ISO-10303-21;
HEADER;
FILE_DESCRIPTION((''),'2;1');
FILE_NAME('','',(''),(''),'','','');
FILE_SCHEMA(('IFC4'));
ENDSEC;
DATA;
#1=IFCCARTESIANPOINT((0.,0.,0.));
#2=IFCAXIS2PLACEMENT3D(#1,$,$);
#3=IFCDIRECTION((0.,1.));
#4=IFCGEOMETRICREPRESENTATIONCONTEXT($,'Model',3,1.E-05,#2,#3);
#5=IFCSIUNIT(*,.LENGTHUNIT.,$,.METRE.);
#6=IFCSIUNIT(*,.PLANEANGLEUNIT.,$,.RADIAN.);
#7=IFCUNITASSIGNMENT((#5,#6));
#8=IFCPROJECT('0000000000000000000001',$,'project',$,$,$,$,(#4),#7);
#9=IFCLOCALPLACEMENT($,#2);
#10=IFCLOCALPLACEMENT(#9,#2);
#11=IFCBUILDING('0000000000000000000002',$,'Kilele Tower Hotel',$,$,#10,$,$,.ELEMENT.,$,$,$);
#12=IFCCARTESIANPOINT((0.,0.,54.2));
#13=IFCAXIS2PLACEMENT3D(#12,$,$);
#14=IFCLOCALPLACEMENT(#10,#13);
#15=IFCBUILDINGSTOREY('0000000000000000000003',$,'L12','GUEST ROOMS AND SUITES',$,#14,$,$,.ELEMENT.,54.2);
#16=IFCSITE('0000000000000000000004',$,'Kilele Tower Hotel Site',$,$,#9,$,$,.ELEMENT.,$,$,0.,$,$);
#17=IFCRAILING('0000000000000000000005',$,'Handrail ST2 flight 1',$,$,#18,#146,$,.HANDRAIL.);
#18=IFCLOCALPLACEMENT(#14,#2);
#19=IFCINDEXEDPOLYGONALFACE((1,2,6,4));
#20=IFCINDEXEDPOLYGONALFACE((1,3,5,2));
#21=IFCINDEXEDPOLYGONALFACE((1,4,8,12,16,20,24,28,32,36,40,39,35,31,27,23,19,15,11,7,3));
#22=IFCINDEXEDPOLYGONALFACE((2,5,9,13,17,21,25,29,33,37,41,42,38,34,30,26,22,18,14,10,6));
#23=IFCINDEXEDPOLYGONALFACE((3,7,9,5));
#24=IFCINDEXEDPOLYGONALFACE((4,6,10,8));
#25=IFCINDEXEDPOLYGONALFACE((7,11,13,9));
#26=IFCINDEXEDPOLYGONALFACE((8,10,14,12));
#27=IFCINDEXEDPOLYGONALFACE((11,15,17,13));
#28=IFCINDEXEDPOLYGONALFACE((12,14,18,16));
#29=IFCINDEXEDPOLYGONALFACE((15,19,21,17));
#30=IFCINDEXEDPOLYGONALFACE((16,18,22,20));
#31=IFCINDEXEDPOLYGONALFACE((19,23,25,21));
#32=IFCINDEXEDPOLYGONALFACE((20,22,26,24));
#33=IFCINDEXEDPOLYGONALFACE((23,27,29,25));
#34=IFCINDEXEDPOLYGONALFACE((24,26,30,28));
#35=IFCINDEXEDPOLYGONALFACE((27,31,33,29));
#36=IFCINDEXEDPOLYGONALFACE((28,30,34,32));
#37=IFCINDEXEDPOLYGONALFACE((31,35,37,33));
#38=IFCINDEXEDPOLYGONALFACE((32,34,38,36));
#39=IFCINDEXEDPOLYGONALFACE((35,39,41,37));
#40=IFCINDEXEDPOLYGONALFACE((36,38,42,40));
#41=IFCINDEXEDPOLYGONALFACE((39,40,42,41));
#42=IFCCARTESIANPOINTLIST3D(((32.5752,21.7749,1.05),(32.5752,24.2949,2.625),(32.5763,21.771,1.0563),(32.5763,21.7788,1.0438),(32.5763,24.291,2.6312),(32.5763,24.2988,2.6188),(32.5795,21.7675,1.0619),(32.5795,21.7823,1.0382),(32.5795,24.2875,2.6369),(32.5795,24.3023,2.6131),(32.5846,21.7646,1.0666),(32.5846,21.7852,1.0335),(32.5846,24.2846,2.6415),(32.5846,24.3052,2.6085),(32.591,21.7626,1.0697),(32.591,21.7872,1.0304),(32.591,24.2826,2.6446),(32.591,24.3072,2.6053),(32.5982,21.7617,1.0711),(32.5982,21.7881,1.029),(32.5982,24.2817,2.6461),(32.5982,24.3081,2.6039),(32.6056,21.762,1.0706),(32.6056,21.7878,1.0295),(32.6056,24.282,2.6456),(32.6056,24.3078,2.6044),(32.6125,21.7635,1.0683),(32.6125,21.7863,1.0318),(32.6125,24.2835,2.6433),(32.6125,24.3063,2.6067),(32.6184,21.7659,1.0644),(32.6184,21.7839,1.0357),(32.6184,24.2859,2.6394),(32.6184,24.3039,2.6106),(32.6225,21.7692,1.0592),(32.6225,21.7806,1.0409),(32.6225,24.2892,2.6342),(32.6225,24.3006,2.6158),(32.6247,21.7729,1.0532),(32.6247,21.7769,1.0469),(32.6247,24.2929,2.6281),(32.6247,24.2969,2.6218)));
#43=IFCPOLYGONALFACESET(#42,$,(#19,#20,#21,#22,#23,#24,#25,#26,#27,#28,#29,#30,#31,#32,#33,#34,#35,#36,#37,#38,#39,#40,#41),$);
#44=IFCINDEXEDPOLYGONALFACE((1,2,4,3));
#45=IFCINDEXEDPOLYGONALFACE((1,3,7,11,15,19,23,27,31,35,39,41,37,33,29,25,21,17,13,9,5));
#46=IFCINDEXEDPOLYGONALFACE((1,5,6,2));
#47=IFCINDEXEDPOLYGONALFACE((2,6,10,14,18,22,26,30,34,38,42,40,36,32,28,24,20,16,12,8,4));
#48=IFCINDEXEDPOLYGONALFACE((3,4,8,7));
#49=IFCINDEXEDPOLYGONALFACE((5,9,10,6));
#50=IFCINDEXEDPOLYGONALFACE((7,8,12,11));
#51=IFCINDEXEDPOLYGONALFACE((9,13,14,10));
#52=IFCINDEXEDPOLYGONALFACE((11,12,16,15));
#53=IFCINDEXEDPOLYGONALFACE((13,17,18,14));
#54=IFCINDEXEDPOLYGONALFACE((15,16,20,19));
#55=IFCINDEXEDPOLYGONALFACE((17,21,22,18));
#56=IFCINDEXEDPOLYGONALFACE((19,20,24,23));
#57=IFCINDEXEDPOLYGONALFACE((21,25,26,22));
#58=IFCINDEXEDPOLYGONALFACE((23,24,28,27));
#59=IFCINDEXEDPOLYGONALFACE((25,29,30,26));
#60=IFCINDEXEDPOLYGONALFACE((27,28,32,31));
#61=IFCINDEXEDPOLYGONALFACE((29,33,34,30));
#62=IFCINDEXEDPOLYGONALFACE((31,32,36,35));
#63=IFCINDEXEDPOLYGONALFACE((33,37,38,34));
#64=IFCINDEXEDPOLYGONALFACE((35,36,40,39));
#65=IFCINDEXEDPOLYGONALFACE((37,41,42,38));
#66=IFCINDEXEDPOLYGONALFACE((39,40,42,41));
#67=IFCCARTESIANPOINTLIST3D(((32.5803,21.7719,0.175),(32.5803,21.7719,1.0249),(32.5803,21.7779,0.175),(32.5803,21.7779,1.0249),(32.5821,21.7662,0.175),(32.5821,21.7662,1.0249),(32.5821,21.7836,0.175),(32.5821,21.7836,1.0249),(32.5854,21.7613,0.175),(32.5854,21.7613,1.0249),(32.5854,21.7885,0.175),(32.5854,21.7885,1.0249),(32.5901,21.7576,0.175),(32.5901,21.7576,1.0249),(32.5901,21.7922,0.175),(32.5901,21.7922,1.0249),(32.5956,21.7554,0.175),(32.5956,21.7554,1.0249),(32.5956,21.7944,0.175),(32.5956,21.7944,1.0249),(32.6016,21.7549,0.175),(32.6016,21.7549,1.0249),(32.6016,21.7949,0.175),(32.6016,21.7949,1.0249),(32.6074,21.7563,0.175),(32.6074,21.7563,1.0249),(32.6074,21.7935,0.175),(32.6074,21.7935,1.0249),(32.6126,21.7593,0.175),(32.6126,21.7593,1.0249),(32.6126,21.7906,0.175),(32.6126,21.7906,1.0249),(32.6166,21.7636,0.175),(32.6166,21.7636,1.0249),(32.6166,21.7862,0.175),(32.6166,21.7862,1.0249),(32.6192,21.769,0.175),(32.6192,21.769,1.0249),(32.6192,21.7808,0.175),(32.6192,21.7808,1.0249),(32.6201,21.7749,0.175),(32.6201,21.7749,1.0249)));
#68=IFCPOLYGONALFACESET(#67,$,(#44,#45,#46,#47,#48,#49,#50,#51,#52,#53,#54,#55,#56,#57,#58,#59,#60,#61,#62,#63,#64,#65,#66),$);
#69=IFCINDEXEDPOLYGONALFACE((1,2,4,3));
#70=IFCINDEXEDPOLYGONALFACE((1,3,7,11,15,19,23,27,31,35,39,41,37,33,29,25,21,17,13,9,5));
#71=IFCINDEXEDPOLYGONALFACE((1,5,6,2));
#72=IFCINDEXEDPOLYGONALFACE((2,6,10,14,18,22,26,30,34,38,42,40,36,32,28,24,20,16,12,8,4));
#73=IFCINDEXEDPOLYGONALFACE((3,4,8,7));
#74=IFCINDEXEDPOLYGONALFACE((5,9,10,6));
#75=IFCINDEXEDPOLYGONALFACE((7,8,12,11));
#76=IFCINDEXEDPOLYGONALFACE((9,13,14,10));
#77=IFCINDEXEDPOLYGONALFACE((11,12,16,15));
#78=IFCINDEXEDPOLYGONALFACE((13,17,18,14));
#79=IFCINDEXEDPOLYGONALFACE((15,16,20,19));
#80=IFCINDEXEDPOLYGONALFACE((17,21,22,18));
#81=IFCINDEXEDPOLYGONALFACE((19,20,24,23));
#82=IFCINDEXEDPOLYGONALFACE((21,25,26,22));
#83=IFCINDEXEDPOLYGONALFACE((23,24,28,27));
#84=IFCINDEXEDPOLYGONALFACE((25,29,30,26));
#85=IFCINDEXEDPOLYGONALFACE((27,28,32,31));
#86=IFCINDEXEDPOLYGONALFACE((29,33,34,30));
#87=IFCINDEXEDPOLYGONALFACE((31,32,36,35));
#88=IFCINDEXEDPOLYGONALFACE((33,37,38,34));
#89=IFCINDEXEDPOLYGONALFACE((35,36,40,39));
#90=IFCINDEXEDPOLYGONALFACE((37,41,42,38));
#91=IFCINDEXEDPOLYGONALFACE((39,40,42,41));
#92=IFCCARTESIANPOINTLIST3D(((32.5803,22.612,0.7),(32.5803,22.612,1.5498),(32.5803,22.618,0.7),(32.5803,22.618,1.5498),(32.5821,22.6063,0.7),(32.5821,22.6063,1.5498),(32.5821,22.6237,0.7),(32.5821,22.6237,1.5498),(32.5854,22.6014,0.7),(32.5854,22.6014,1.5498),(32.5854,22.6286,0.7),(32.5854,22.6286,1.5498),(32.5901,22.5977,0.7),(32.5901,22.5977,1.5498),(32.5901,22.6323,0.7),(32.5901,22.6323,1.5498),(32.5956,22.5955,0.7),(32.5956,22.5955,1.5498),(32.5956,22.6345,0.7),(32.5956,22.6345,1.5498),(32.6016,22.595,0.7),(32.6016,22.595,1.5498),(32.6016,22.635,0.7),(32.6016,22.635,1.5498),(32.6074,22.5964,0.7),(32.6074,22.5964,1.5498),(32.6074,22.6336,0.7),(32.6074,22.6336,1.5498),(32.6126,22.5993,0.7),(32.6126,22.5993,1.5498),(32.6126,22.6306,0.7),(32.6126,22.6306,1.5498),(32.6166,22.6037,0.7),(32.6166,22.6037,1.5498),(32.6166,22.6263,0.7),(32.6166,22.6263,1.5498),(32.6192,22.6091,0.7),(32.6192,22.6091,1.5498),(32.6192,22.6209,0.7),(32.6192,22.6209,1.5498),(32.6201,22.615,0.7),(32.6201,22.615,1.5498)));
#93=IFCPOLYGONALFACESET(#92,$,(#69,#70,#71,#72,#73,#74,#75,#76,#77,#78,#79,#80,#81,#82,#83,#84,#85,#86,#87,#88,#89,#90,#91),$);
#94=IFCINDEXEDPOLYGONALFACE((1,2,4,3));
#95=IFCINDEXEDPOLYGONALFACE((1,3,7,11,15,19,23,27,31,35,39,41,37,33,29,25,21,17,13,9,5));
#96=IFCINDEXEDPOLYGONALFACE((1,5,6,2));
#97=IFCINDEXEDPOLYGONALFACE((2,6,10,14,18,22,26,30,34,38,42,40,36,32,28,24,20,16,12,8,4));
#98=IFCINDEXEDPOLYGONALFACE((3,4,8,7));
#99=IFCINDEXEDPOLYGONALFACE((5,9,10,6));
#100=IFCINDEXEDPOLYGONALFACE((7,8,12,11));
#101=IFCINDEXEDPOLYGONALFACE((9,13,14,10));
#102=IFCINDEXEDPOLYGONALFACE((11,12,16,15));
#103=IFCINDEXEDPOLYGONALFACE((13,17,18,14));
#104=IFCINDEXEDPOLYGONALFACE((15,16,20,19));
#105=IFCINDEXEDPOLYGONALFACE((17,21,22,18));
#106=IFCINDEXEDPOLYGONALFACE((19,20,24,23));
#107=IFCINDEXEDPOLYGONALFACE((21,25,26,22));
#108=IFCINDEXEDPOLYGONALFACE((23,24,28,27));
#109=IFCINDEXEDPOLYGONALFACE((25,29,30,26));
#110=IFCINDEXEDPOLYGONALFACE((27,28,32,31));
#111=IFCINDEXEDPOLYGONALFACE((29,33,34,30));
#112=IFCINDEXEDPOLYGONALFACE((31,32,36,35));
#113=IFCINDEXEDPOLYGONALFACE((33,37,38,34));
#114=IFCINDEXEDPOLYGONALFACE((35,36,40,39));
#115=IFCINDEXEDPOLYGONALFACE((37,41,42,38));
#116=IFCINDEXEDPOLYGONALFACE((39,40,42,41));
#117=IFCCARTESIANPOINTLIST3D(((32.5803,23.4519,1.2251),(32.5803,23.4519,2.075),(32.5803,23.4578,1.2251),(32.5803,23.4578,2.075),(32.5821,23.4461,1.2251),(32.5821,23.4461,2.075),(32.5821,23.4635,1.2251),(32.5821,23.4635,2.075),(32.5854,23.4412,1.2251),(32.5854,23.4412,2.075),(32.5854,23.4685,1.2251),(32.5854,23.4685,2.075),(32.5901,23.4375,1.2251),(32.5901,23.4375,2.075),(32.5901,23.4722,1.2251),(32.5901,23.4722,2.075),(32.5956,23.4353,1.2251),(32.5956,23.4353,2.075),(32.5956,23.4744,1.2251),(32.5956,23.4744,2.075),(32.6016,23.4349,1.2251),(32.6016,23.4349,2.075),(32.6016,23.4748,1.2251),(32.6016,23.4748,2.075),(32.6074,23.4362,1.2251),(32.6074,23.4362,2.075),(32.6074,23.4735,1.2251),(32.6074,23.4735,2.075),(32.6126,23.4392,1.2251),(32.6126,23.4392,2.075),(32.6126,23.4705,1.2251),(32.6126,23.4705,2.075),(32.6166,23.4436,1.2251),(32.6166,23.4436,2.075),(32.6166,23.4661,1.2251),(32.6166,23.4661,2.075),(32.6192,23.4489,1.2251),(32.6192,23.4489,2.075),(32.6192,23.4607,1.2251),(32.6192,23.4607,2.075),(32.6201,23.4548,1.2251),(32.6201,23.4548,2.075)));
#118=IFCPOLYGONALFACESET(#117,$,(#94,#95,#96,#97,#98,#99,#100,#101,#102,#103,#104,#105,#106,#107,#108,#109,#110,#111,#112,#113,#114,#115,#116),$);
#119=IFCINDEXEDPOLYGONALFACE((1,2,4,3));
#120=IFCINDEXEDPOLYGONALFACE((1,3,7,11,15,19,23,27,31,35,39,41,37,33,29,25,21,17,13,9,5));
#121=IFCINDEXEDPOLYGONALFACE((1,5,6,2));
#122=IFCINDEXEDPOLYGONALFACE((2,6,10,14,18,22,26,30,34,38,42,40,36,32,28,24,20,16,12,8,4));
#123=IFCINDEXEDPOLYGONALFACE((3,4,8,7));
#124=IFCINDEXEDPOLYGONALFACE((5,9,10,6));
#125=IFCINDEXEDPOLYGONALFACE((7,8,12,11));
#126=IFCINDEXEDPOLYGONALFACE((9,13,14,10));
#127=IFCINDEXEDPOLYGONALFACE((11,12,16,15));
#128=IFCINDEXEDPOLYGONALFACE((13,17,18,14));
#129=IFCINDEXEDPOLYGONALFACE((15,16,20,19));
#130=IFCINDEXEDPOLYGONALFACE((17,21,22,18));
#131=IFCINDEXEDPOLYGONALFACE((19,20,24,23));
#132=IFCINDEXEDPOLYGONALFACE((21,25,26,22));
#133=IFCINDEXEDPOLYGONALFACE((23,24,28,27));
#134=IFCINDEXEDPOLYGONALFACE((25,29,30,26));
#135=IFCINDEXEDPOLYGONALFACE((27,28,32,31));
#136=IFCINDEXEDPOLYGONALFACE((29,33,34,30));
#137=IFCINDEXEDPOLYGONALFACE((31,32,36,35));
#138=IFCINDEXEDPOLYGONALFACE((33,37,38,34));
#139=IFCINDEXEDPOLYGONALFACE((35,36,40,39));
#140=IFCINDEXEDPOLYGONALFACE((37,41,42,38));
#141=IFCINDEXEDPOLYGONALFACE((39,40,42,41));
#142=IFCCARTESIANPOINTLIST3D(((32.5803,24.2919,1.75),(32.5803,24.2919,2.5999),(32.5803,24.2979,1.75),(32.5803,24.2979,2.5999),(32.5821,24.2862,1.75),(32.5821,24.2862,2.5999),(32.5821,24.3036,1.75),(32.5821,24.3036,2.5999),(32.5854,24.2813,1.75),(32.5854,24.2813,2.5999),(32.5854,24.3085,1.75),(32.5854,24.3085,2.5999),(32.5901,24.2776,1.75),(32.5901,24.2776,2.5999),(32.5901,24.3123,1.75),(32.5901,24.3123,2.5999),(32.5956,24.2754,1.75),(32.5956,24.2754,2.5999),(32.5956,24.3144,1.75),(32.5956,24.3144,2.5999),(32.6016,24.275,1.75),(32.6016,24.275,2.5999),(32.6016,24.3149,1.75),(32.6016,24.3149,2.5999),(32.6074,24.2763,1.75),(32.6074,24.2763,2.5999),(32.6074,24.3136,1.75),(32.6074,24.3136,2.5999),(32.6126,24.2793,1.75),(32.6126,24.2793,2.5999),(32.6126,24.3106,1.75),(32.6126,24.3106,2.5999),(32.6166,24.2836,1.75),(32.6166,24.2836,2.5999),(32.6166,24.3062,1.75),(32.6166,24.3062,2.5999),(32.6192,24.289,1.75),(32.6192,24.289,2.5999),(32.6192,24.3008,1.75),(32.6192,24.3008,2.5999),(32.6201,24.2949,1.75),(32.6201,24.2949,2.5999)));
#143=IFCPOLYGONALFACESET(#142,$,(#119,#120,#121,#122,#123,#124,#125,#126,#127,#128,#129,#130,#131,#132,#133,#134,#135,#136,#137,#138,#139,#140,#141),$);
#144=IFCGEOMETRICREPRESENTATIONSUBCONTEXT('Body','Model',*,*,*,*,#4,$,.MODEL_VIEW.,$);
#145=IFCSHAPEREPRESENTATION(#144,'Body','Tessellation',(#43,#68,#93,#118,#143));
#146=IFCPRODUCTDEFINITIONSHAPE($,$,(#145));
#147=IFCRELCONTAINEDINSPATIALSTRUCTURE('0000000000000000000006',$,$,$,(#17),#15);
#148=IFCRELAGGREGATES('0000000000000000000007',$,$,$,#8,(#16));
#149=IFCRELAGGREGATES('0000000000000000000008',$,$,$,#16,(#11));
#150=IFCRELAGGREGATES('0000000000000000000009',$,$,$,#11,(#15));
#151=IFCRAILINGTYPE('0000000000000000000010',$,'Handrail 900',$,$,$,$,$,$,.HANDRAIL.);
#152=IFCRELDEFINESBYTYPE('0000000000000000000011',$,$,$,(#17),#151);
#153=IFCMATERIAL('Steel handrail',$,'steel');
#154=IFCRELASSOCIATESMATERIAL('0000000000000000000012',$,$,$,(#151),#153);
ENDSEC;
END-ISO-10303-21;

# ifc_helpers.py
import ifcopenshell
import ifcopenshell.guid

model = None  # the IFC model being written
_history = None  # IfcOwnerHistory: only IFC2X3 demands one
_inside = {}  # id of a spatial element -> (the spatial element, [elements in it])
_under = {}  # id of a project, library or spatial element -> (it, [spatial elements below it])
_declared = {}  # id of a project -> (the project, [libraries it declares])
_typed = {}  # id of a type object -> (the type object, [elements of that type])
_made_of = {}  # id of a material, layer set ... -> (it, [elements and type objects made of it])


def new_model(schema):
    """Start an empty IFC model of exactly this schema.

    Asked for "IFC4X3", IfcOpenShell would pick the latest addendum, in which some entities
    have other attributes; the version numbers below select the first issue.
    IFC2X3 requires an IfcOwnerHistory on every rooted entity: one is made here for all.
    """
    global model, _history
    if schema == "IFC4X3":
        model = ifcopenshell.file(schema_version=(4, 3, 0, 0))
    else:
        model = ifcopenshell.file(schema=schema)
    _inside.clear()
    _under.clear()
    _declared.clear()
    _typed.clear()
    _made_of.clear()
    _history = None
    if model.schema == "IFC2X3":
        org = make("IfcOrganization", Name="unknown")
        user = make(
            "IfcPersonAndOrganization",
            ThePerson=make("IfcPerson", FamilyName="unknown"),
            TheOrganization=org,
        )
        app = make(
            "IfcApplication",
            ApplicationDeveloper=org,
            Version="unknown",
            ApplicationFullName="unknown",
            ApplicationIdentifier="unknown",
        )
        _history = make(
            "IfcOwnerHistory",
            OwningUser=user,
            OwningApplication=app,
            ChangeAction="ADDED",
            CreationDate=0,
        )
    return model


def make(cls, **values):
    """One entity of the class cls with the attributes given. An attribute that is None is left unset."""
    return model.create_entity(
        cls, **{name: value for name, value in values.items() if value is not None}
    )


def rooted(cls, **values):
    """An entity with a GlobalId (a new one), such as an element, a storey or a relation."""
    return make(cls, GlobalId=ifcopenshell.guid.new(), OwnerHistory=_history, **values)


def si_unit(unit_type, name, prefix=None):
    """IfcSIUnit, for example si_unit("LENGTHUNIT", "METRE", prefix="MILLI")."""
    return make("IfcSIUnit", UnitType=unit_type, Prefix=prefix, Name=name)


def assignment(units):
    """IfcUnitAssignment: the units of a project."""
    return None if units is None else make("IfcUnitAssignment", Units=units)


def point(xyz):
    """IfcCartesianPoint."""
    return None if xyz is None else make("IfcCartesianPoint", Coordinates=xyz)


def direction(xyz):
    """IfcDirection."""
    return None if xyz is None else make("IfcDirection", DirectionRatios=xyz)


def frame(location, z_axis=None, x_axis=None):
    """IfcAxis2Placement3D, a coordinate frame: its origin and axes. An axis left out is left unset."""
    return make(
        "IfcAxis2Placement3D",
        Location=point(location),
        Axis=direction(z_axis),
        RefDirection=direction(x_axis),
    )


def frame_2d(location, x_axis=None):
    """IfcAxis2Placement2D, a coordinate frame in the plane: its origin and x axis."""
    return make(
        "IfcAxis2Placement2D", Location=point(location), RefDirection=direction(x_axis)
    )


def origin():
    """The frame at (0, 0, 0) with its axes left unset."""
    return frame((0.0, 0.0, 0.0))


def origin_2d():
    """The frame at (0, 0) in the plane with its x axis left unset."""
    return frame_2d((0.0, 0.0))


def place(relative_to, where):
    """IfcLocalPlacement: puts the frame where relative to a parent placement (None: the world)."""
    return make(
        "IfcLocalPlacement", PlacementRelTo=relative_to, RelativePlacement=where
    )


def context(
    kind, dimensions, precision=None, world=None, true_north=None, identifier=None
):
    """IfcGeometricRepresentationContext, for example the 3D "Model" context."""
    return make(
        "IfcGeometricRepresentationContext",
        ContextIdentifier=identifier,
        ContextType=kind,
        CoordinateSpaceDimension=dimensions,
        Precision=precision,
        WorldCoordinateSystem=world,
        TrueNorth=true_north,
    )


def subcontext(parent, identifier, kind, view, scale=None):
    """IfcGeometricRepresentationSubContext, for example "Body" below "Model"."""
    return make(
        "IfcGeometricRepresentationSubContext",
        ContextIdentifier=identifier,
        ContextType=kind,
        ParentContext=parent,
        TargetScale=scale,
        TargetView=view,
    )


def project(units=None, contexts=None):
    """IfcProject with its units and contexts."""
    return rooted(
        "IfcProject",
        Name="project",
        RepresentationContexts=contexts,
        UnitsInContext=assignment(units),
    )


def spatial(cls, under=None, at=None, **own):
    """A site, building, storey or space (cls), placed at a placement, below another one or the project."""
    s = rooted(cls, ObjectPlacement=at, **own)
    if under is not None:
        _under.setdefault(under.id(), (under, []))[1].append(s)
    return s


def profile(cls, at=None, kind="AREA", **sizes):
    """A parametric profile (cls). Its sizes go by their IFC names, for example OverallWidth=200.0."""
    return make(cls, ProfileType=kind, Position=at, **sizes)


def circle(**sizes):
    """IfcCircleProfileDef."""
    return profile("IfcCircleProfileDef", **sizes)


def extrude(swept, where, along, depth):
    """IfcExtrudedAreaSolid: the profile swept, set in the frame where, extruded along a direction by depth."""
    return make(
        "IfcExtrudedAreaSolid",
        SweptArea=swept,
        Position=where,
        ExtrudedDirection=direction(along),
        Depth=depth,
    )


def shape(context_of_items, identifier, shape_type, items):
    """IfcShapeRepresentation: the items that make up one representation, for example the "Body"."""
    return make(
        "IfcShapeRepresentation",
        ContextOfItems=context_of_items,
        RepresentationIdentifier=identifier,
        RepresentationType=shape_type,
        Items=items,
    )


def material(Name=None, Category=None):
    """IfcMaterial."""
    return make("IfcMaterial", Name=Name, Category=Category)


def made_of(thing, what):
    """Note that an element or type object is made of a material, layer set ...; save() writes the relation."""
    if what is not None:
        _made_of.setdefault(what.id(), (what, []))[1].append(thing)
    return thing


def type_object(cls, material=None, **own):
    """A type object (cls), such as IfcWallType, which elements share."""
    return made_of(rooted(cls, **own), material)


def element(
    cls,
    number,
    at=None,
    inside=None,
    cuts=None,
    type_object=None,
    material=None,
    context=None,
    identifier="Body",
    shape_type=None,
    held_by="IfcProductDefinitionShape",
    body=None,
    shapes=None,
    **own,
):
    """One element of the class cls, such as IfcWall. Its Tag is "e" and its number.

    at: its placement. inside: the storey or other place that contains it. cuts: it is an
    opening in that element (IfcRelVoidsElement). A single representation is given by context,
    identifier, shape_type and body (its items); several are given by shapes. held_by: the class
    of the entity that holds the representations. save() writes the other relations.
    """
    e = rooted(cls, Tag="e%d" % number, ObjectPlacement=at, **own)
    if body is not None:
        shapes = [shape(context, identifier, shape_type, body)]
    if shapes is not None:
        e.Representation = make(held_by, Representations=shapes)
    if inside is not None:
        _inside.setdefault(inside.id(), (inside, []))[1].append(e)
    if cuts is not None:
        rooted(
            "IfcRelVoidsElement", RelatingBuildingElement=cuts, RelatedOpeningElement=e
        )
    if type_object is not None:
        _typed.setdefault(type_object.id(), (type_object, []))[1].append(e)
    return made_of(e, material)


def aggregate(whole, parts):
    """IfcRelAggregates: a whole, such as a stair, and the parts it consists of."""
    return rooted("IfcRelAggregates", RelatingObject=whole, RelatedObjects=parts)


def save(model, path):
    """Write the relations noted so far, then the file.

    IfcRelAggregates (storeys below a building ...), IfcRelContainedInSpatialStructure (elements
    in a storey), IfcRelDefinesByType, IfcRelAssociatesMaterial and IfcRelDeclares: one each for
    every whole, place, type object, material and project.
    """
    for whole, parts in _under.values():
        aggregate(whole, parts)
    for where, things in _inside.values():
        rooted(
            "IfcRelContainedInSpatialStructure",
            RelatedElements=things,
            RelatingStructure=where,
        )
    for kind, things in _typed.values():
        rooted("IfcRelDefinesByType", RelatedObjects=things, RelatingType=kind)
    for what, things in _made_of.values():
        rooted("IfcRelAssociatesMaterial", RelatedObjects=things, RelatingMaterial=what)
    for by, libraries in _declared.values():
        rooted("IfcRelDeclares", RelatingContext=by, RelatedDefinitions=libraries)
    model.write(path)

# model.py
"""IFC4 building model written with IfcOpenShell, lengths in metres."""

from ifc_helpers import new_model, si_unit, direction, frame, origin, origin_2d, place, context, subcontext, project, spatial, circle, extrude, material, type_object, element, save


model = new_model("IFC4")

# Units and contexts
model_context = context("Model", 3, precision=1e-05, world=origin(), true_north=direction((0.0, 1.0)))
body_context = subcontext(model_context, "Body", "Model", "MODEL_VIEW")
ifc_project = project(units=[si_unit("LENGTHUNIT", "METRE"), si_unit("PLANEANGLEUNIT", "RADIAN")], contexts=[model_context])

# Site, building, storey
site_placement = place(None, origin())
site = spatial("IfcSite", under=ifc_project, at=site_placement, Name="Kilele Tower Hotel Site", CompositionType="ELEMENT", RefElevation=0.0)
building_placement = place(site_placement, origin())
building = spatial("IfcBuilding", under=site, at=building_placement, Name="Kilele Tower Hotel", CompositionType="ELEMENT")
storey_placement = place(building_placement, frame((0.0, 0.0, 54.2)))
storey = spatial("IfcBuildingStorey", under=building, at=storey_placement, Name="L12", Description="GUEST ROOMS AND SUITES", CompositionType="ELEMENT", Elevation=54.2)

# Railing
ifc_material_1 = material(Name="Steel handrail", Category="steel")
railing_type_1 = type_object("IfcRailingType", Name="Handrail 900", PredefinedType="HANDRAIL", material=ifc_material_1)
for number, where, name in (
    (1, (32.6001, 21.7749, 0.175), "Handrail ST2 flight 1"),
):
    element("IfcRailing", number, at=place(storey_placement, frame(where)), inside=storey, type_object=railing_type_1, Name=name, PredefinedType="HANDRAIL", context=body_context, shape_type="SweptSolid", body=[
        extrude(circle(Radius=0.0249, at=origin_2d()), frame((0.0, 0.0, 0.875), z_axis=(0.0, 0.848008, 0.529984), x_axis=(-1.0, 0.0, 0.0)), (0.0, 0.0, 1.0), 2.9717),
        extrude(circle(Radius=0.02, at=origin_2d()), origin(), (0.0, 0.0, 1.0), 0.8499),
        extrude(circle(Radius=0.02, at=origin_2d()), frame((0.0, 0.8401, 0.5249)), (0.0, 0.0, 1.0), 0.8499),
        extrude(circle(Radius=0.02, at=origin_2d()), frame((0.0, 1.6799, 1.05)), (0.0, 0.0, 1.0), 0.8499),
        extrude(circle(Radius=0.02, at=origin_2d()), frame((0.0, 2.52, 1.575)), (0.0, 0.0, 1.0), 0.8499),
    ])

save(model, "model.ifc")
